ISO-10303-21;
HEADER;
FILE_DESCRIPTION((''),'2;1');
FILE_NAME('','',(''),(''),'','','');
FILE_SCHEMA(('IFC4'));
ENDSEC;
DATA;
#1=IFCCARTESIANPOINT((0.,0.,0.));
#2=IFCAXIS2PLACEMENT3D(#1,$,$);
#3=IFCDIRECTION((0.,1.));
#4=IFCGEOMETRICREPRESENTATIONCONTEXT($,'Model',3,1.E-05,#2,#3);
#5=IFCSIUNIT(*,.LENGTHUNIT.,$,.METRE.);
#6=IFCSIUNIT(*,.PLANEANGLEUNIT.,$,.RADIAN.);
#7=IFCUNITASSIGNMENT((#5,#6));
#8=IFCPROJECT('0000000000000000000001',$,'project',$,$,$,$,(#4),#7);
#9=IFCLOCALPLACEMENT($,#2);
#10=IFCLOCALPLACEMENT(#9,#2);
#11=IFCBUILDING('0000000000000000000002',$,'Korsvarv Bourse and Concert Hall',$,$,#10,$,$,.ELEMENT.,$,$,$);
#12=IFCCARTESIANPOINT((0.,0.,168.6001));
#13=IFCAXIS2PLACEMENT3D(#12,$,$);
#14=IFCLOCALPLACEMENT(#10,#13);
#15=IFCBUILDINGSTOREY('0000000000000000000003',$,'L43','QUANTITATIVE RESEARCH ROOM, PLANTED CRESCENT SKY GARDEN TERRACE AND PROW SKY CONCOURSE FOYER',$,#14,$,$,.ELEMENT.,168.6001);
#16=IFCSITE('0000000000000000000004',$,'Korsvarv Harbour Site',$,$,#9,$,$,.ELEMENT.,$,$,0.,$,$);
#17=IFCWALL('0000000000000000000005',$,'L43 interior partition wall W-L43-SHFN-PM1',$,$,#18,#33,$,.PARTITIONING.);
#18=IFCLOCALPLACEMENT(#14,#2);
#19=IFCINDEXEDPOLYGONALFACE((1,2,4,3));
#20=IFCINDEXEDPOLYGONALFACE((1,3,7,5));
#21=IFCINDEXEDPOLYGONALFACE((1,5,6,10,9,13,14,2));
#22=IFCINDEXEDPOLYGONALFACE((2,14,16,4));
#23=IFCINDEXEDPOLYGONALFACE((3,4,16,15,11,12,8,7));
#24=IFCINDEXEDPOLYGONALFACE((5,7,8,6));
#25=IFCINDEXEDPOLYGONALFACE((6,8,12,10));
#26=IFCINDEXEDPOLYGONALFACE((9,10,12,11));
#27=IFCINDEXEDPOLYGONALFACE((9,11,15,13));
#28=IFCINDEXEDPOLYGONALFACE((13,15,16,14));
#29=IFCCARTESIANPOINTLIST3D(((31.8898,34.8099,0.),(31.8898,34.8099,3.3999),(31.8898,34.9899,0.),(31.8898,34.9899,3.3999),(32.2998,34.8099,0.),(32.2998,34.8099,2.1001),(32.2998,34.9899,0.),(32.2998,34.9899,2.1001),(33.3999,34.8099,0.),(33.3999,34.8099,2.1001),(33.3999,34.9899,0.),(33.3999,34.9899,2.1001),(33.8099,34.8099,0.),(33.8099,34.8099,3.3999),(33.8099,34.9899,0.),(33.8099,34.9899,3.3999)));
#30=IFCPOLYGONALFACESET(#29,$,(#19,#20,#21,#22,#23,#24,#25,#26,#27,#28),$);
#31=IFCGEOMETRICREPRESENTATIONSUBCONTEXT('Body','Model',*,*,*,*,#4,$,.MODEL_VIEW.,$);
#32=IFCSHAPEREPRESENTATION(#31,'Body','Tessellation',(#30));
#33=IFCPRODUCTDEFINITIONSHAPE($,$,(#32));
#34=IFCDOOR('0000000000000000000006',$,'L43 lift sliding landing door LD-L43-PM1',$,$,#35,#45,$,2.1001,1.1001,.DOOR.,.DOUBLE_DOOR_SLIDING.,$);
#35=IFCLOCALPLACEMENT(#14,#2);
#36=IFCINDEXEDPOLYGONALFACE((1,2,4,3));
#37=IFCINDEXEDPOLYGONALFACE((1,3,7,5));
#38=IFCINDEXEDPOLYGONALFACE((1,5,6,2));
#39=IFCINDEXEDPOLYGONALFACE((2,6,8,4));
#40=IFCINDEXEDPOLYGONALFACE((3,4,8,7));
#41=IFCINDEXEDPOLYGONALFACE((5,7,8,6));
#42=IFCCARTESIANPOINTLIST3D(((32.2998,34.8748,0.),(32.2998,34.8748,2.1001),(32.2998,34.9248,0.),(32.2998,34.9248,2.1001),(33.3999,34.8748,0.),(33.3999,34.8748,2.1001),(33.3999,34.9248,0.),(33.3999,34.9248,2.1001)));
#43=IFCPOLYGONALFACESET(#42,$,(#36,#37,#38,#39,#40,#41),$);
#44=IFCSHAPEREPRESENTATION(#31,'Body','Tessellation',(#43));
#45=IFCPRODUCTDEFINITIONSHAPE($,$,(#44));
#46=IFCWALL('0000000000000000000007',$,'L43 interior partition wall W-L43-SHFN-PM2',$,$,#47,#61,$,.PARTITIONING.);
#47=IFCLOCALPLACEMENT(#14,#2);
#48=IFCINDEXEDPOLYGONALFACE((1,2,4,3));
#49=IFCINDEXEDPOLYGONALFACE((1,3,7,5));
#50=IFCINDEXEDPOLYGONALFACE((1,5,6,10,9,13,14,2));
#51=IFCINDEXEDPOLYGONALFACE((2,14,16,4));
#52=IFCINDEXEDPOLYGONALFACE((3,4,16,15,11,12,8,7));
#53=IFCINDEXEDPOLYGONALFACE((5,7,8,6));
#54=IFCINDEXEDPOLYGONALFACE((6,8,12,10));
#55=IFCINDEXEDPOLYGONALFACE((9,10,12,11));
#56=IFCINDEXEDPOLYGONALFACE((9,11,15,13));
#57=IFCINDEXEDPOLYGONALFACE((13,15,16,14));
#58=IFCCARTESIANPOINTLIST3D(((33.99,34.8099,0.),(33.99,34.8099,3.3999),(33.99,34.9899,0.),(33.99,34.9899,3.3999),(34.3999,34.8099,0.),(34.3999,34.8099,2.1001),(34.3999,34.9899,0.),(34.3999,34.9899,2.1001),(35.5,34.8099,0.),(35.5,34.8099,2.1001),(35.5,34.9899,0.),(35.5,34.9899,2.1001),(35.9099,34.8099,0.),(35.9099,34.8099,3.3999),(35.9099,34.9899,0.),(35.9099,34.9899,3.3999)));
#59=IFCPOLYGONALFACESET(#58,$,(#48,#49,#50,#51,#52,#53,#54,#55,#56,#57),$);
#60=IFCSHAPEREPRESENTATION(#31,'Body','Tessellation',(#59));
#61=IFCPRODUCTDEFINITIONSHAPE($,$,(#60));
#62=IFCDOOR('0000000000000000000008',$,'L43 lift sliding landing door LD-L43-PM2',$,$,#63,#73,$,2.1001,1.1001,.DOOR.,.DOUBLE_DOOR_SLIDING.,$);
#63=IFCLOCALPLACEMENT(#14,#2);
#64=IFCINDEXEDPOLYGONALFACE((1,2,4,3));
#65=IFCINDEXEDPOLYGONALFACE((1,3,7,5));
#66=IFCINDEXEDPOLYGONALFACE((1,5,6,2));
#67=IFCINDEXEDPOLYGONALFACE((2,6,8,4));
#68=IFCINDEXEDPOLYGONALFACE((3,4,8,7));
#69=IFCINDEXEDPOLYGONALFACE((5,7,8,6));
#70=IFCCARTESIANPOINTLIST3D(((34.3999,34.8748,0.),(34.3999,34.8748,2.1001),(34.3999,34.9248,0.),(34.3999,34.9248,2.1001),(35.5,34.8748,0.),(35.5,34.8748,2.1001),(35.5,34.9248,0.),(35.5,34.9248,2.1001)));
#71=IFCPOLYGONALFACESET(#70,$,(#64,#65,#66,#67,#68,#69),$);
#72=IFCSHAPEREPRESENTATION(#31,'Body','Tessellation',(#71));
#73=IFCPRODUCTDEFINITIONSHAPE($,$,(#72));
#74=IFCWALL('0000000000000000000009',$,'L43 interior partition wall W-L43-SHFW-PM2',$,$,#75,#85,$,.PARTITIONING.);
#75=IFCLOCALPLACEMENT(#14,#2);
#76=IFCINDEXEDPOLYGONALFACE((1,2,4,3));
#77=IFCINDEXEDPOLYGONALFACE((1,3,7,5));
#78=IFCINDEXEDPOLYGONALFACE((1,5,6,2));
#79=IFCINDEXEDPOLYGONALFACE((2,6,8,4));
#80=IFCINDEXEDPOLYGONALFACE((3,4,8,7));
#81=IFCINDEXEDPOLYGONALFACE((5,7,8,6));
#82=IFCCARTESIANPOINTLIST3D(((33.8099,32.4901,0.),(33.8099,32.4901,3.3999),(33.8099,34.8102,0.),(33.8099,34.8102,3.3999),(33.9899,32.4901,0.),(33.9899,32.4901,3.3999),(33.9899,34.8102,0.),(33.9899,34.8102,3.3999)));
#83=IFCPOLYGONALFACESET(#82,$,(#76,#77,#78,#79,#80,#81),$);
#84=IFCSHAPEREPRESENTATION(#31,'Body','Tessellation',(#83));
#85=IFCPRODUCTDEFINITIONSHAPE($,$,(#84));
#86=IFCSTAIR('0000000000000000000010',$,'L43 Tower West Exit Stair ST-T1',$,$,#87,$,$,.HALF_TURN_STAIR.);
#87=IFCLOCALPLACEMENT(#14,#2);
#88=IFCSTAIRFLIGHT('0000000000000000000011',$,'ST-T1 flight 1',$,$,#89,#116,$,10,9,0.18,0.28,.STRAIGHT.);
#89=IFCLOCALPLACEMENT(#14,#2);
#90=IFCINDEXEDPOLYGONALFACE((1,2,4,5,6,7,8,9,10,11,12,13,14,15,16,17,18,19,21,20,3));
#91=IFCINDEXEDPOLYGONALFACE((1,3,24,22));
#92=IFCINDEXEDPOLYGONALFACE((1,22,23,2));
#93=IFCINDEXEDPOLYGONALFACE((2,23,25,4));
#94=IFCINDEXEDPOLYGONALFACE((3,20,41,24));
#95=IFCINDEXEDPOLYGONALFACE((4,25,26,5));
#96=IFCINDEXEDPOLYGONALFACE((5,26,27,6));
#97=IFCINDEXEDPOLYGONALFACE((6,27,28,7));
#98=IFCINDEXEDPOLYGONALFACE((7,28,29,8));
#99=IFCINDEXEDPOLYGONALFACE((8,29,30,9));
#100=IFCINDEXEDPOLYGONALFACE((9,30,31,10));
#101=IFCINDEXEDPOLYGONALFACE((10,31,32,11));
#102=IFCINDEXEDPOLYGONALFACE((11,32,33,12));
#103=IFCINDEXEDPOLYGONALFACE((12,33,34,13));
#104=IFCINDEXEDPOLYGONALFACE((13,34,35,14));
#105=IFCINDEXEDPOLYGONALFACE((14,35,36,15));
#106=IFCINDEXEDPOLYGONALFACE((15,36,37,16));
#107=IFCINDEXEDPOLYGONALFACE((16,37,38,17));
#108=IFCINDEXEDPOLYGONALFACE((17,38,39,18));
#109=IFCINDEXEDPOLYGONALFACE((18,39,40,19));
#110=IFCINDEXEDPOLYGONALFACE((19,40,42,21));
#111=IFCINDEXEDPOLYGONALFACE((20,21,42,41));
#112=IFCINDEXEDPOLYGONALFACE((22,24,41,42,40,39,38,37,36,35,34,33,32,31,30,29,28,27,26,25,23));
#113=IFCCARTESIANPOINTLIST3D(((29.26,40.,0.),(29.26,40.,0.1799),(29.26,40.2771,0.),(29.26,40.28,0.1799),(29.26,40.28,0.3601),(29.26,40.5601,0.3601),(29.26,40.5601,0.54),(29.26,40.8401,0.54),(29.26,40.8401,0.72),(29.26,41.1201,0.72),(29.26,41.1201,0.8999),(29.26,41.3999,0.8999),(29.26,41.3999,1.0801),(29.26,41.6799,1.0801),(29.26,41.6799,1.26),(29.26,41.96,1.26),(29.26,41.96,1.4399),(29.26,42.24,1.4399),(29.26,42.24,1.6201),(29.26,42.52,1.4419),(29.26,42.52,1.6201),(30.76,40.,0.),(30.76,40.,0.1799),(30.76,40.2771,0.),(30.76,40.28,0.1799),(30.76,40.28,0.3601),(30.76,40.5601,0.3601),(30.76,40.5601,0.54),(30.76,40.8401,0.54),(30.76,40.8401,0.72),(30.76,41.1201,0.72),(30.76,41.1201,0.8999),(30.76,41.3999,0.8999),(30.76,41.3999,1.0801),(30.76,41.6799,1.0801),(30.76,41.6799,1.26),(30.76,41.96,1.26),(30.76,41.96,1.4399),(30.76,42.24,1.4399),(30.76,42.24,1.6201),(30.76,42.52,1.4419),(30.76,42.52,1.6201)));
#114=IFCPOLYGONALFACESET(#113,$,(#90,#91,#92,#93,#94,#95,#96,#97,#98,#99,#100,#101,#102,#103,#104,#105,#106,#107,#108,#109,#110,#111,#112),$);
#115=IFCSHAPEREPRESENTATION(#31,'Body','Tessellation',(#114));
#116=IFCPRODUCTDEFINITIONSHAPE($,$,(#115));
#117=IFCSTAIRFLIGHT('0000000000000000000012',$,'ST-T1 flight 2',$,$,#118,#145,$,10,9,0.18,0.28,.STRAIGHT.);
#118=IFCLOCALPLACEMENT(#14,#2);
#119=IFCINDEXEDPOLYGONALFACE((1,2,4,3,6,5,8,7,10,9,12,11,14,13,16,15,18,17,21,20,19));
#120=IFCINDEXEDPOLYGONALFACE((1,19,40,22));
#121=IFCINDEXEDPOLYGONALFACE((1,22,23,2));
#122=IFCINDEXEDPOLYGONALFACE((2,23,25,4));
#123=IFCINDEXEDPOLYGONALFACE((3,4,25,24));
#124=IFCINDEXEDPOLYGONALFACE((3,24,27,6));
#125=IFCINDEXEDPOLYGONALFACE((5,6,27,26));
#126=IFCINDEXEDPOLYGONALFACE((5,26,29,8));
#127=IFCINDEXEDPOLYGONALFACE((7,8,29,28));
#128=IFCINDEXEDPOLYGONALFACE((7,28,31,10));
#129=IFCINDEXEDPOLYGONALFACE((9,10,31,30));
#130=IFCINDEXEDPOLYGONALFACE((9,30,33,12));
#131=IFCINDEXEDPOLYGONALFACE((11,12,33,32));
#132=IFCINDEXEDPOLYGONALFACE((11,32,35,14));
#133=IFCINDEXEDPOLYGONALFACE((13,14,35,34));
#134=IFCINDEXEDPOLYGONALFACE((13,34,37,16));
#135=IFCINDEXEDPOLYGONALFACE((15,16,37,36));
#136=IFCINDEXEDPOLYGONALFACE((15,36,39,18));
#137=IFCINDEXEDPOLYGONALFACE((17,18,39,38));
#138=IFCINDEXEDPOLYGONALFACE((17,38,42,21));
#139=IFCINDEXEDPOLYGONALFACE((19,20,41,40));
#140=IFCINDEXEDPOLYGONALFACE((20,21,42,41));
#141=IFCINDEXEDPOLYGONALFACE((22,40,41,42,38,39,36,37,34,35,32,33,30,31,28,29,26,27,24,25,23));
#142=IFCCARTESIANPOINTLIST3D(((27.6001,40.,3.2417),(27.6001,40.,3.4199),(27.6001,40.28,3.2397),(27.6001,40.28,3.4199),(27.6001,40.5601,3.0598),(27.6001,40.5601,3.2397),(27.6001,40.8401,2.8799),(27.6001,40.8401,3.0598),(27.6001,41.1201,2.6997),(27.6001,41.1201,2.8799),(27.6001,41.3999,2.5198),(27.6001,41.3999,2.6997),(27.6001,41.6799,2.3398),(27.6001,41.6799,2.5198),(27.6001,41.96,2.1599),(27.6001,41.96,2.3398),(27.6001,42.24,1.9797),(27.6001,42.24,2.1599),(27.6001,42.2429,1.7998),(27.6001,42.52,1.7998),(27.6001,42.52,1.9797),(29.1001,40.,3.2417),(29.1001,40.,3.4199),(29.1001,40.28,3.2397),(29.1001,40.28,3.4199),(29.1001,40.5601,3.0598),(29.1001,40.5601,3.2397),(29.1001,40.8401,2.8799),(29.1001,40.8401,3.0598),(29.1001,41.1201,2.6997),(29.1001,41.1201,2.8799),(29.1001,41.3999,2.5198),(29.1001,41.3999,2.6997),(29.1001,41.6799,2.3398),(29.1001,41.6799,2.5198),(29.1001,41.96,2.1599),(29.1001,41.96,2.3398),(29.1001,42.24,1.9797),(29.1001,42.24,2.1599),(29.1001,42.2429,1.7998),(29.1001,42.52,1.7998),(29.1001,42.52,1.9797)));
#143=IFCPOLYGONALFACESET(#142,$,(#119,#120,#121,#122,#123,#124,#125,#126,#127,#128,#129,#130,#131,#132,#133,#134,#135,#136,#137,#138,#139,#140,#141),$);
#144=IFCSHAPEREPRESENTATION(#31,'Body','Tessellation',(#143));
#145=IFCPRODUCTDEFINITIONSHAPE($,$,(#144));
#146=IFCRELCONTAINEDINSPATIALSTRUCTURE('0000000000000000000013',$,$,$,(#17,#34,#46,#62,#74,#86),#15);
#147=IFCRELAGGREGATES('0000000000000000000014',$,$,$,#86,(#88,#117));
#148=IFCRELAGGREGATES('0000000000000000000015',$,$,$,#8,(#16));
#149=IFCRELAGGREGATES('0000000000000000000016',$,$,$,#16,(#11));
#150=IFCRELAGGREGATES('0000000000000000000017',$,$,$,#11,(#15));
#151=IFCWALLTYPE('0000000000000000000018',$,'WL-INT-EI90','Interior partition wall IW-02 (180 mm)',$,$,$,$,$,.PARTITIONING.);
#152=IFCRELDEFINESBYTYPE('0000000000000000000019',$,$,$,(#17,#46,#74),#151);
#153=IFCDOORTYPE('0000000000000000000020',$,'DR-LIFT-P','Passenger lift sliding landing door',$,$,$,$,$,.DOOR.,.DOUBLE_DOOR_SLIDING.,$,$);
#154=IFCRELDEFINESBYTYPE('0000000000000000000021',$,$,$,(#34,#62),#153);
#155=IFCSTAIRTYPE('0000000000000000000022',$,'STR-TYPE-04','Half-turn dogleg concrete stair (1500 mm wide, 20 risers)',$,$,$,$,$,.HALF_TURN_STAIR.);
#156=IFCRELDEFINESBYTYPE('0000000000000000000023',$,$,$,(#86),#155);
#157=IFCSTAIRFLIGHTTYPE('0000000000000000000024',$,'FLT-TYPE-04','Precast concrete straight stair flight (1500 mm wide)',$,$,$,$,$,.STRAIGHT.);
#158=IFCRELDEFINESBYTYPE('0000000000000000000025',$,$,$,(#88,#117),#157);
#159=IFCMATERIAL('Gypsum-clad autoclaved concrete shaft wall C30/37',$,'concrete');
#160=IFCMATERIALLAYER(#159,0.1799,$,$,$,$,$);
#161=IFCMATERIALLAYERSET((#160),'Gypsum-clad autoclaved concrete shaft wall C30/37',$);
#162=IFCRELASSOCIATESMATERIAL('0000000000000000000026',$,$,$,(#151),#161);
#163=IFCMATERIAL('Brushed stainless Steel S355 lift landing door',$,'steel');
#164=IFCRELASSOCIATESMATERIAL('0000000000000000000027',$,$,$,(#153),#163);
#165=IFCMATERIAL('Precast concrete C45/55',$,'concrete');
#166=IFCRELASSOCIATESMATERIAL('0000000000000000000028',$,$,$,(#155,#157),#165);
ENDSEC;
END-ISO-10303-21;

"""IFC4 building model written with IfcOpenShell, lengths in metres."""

from ifc_helpers import new_model, si_unit, direction, frame, frame_2d, origin, place, context, subcontext, project, spatial, polyline, rectangle, outline, extrude, material, layer, layer_set, type_object, element, fill, aggregate, save


model = new_model("IFC4")

# Units and contexts
model_context = context("Model", 3, precision=1e-05, world=origin(), true_north=direction((0.0, 1.0)))
body_context = subcontext(model_context, "Body", "Model", "MODEL_VIEW")
ifc_project = project(units=[si_unit("LENGTHUNIT", "METRE"), si_unit("PLANEANGLEUNIT", "RADIAN")], contexts=[model_context])

# Site, building, storey
site_placement = place(None, origin())
site = spatial("IfcSite", under=ifc_project, at=site_placement, Name="Korsvarv Harbour Site", CompositionType="ELEMENT", RefElevation=0.0)
building_placement = place(site_placement, origin())
building = spatial("IfcBuilding", under=site, at=building_placement, Name="Korsvarv Bourse and Concert Hall", CompositionType="ELEMENT")
storey_placement = place(building_placement, frame((0.0, 0.0, 168.6001)))
storey = spatial("IfcBuildingStorey", under=building, at=storey_placement, Name="L43", Description="QUANTITATIVE RESEARCH ROOM, PLANTED CRESCENT SKY GARDEN TERRACE AND PROW SKY CONCOURSE FOYER", CompositionType="ELEMENT", Elevation=168.6001)

# Walls, openings, doors
ifc_material_1 = material(Name="Gypsum-clad autoclaved concrete shaft wall C30/37", Category="concrete")
ifc_layer_1 = layer(ifc_material_1, 0.1799)
ifc_layer_set_1 = layer_set([ifc_layer_1], Name="Gypsum-clad autoclaved concrete shaft wall C30/37")
wall_type_1 = type_object("IfcWallType", Name="WL-INT-EI90", Description="Interior partition wall IW-02 (180 mm)", PredefinedType="PARTITIONING", material=ifc_layer_set_1)
wall_1_placement = place(storey_placement, frame((31.8899, 34.8999, 0.0), z_axis=(0.0, 0.0, 1.0), x_axis=(1.0, 0.0, 0.0)))
wall_1 = element("IfcWall", 1, at=wall_1_placement, inside=storey, type_object=wall_type_1, Name="L43 interior partition wall W-L43-SHFN-PM1", PredefinedType="PARTITIONING", context=body_context, shape_type="SweptSolid", body=[
    extrude(rectangle(XDim=1.9202, YDim=0.1799, at=frame_2d((0.96, 0.0))), origin(), (0.0, 0.0, 1.0), 3.3999),
])
opening_1_placement = place(wall_1_placement, frame((0.4099, 0.0, 0.0)))
opening_1 = element("IfcOpeningElement", 2, at=opening_1_placement, cuts=wall_1, PredefinedType="OPENING", context=body_context, shape_type="SweptSolid", body=[
    extrude(rectangle(XDim=1.1001, YDim=2.1001, at=frame_2d((0.55, 1.05))), frame((0.0, 0.1001, 0.0), z_axis=(0.0, -1.0, 0.0), x_axis=(1.0, 0.0, 0.0)), (0.0, 0.0, 1.0), 0.2),
])
ifc_material_2 = material(Name="Brushed stainless Steel S355 lift landing door", Category="steel")
door_type_1 = type_object("IfcDoorType", Name="DR-LIFT-P", Description="Passenger lift sliding landing door", OperationType="DOUBLE_DOOR_SLIDING", PredefinedType="DOOR", material=ifc_material_2)
door_1_placement = place(opening_1_placement, origin())
door_1 = element("IfcDoor", 3, at=door_1_placement, inside=storey, type_object=door_type_1, Name="L43 lift sliding landing door LD-L43-PM1", OperationType="DOUBLE_DOOR_SLIDING", OverallHeight=2.1001, OverallWidth=1.1001, PredefinedType="DOOR", context=body_context, shape_type="SweptSolid", body=[
    extrude(rectangle(XDim=1.1001, YDim=2.1001, at=frame_2d((0.55, 1.05))), frame((0.0, 0.0249, 0.0), z_axis=(0.0, -1.0, 0.0), x_axis=(1.0, 0.0, 0.0)), (0.0, 0.0, 1.0), 0.05),
])
fill(opening_1, door_1)
wall_2_placement = place(storey_placement, frame((33.99, 34.8999, 0.0), z_axis=(0.0, 0.0, 1.0), x_axis=(1.0, 0.0, 0.0)))
wall_2 = element("IfcWall", 4, at=wall_2_placement, inside=storey, type_object=wall_type_1, Name="L43 interior partition wall W-L43-SHFN-PM2", PredefinedType="PARTITIONING", context=body_context, shape_type="SweptSolid", body=[
    extrude(rectangle(XDim=1.9199, YDim=0.1799, at=frame_2d((0.96, 0.0))), origin(), (0.0, 0.0, 1.0), 3.3999),
])
opening_2_placement = place(wall_2_placement, frame((0.4099, 0.0, 0.0)))
opening_2 = element("IfcOpeningElement", 5, at=opening_2_placement, cuts=wall_2, PredefinedType="OPENING", context=body_context, shape_type="SweptSolid", body=[
    extrude(rectangle(XDim=1.1001, YDim=2.1001, at=frame_2d((0.55, 1.05))), frame((0.0, 0.1001, 0.0), z_axis=(0.0, -1.0, 0.0), x_axis=(1.0, 0.0, 0.0)), (0.0, 0.0, 1.0), 0.2),
])
door_2_placement = place(opening_2_placement, origin())
door_2 = element("IfcDoor", 6, at=door_2_placement, inside=storey, type_object=door_type_1, Name="L43 lift sliding landing door LD-L43-PM2", OperationType="DOUBLE_DOOR_SLIDING", OverallHeight=2.1001, OverallWidth=1.1001, PredefinedType="DOOR", context=body_context, shape_type="SweptSolid", body=[
    extrude(rectangle(XDim=1.1001, YDim=2.1001, at=frame_2d((0.55, 1.05))), frame((0.0, 0.0249, 0.0), z_axis=(0.0, -1.0, 0.0), x_axis=(1.0, 0.0, 0.0)), (0.0, 0.0, 1.0), 0.05),
])
fill(opening_2, door_2)

# Wall
wall_3_placement = place(storey_placement, frame((33.8999, 32.49, 0.0), z_axis=(0.0, 0.0, 1.0), x_axis=(0.0, 1.0, 0.0)))
element("IfcWall", 7, at=wall_3_placement, inside=storey, type_object=wall_type_1, Name="L43 interior partition wall W-L43-SHFW-PM2", PredefinedType="PARTITIONING", context=body_context, shape_type="SweptSolid", body=[
    extrude(rectangle(XDim=2.3201, YDim=0.1799, at=frame_2d((1.1602, 0.0))), origin(), (0.0, 0.0, 1.0), 3.3999),
])

# Stair, stair flights
ifc_material_3 = material(Name="Precast concrete C45/55", Category="concrete")
stair_type = type_object("IfcStairType", Name="STR-TYPE-04", Description="Half-turn dogleg concrete stair (1500 mm wide, 20 risers)", PredefinedType="HALF_TURN_STAIR", material=ifc_material_3)
stair_placement = place(storey_placement, origin())
stair = element("IfcStair", 8, at=stair_placement, inside=storey, type_object=stair_type, Name="L43 Tower West Exit Stair ST-T1", PredefinedType="HALF_TURN_STAIR")
stair_flight_type = type_object("IfcStairFlightType", Name="FLT-TYPE-04", Description="Precast concrete straight stair flight (1500 mm wide)", PredefinedType="STRAIGHT", material=ifc_material_3)
stair_flight_1_placement = place(storey_placement, frame((30.01, 40.0, 0.0), z_axis=(0.0, 0.0, 1.0), x_axis=(0.0, 1.0, 0.0)))
stair_flight_1 = element("IfcStairFlight", 9, at=stair_flight_1_placement, type_object=stair_flight_type, Name="ST-T1 flight 1", NumberOfRisers=10, NumberOfTreads=9, PredefinedType="STRAIGHT", RiserHeight=0.18, TreadLength=0.28, context=body_context, shape_type="SweptSolid", body=[
    extrude(outline(polyline([(0.0, 0.0), (0.0, 0.1799), (0.28, 0.1799), (0.28, 0.3601), (0.5601, 0.3601), (0.5601, 0.54), (0.8401, 0.54), (0.8401, 0.72), (1.1201, 0.72), (1.1201, 0.8999), (1.3999, 0.8999), (1.3999, 1.0801), (1.6799, 1.0801), (1.6799, 1.26), (1.96, 1.26), (1.96, 1.4399), (2.24, 1.4399), (2.24, 1.6201), (2.52, 1.6201), (2.52, 1.8), (2.52, 1.4419), (0.2771, 0.0), (0.0, 0.0)])), frame((0.0, 0.75, 0.0), z_axis=(0.0, -1.0, 0.0), x_axis=(1.0, 0.0, 0.0)), (0.0, 0.0, 1.0), 1.5),
])
stair_flight_2_placement = place(storey_placement, frame((28.3501, 42.52, 1.7998), z_axis=(0.0, 0.0, 1.0), x_axis=(0.0, -1.0, 0.0)))
stair_flight_2 = element("IfcStairFlight", 10, at=stair_flight_2_placement, type_object=stair_flight_type, Name="ST-T1 flight 2", NumberOfRisers=10, NumberOfTreads=9, PredefinedType="STRAIGHT", RiserHeight=0.18, TreadLength=0.28, context=body_context, shape_type="SweptSolid", body=[
    extrude(outline(polyline([(0.0, 0.0), (0.0, 0.1799), (0.28, 0.1799), (0.28, 0.3601), (0.5601, 0.3601), (0.5601, 0.54), (0.8401, 0.54), (0.8401, 0.72), (1.1201, 0.72), (1.1201, 0.8999), (1.3999, 0.8999), (1.3999, 1.0801), (1.6799, 1.0801), (1.6799, 1.26), (1.96, 1.26), (1.96, 1.4399), (2.24, 1.4399), (2.24, 1.6201), (2.52, 1.6201), (2.52, 1.8), (2.52, 1.4419), (0.2771, 0.0), (0.0, 0.0)])), frame((0.0, 0.75, 0.0), z_axis=(0.0, -1.0, 0.0), x_axis=(1.0, 0.0, 0.0)), (0.0, 0.0, 1.0), 1.5),
])
aggregate(stair, [stair_flight_1, stair_flight_2])

save(model, "model.ifc")
